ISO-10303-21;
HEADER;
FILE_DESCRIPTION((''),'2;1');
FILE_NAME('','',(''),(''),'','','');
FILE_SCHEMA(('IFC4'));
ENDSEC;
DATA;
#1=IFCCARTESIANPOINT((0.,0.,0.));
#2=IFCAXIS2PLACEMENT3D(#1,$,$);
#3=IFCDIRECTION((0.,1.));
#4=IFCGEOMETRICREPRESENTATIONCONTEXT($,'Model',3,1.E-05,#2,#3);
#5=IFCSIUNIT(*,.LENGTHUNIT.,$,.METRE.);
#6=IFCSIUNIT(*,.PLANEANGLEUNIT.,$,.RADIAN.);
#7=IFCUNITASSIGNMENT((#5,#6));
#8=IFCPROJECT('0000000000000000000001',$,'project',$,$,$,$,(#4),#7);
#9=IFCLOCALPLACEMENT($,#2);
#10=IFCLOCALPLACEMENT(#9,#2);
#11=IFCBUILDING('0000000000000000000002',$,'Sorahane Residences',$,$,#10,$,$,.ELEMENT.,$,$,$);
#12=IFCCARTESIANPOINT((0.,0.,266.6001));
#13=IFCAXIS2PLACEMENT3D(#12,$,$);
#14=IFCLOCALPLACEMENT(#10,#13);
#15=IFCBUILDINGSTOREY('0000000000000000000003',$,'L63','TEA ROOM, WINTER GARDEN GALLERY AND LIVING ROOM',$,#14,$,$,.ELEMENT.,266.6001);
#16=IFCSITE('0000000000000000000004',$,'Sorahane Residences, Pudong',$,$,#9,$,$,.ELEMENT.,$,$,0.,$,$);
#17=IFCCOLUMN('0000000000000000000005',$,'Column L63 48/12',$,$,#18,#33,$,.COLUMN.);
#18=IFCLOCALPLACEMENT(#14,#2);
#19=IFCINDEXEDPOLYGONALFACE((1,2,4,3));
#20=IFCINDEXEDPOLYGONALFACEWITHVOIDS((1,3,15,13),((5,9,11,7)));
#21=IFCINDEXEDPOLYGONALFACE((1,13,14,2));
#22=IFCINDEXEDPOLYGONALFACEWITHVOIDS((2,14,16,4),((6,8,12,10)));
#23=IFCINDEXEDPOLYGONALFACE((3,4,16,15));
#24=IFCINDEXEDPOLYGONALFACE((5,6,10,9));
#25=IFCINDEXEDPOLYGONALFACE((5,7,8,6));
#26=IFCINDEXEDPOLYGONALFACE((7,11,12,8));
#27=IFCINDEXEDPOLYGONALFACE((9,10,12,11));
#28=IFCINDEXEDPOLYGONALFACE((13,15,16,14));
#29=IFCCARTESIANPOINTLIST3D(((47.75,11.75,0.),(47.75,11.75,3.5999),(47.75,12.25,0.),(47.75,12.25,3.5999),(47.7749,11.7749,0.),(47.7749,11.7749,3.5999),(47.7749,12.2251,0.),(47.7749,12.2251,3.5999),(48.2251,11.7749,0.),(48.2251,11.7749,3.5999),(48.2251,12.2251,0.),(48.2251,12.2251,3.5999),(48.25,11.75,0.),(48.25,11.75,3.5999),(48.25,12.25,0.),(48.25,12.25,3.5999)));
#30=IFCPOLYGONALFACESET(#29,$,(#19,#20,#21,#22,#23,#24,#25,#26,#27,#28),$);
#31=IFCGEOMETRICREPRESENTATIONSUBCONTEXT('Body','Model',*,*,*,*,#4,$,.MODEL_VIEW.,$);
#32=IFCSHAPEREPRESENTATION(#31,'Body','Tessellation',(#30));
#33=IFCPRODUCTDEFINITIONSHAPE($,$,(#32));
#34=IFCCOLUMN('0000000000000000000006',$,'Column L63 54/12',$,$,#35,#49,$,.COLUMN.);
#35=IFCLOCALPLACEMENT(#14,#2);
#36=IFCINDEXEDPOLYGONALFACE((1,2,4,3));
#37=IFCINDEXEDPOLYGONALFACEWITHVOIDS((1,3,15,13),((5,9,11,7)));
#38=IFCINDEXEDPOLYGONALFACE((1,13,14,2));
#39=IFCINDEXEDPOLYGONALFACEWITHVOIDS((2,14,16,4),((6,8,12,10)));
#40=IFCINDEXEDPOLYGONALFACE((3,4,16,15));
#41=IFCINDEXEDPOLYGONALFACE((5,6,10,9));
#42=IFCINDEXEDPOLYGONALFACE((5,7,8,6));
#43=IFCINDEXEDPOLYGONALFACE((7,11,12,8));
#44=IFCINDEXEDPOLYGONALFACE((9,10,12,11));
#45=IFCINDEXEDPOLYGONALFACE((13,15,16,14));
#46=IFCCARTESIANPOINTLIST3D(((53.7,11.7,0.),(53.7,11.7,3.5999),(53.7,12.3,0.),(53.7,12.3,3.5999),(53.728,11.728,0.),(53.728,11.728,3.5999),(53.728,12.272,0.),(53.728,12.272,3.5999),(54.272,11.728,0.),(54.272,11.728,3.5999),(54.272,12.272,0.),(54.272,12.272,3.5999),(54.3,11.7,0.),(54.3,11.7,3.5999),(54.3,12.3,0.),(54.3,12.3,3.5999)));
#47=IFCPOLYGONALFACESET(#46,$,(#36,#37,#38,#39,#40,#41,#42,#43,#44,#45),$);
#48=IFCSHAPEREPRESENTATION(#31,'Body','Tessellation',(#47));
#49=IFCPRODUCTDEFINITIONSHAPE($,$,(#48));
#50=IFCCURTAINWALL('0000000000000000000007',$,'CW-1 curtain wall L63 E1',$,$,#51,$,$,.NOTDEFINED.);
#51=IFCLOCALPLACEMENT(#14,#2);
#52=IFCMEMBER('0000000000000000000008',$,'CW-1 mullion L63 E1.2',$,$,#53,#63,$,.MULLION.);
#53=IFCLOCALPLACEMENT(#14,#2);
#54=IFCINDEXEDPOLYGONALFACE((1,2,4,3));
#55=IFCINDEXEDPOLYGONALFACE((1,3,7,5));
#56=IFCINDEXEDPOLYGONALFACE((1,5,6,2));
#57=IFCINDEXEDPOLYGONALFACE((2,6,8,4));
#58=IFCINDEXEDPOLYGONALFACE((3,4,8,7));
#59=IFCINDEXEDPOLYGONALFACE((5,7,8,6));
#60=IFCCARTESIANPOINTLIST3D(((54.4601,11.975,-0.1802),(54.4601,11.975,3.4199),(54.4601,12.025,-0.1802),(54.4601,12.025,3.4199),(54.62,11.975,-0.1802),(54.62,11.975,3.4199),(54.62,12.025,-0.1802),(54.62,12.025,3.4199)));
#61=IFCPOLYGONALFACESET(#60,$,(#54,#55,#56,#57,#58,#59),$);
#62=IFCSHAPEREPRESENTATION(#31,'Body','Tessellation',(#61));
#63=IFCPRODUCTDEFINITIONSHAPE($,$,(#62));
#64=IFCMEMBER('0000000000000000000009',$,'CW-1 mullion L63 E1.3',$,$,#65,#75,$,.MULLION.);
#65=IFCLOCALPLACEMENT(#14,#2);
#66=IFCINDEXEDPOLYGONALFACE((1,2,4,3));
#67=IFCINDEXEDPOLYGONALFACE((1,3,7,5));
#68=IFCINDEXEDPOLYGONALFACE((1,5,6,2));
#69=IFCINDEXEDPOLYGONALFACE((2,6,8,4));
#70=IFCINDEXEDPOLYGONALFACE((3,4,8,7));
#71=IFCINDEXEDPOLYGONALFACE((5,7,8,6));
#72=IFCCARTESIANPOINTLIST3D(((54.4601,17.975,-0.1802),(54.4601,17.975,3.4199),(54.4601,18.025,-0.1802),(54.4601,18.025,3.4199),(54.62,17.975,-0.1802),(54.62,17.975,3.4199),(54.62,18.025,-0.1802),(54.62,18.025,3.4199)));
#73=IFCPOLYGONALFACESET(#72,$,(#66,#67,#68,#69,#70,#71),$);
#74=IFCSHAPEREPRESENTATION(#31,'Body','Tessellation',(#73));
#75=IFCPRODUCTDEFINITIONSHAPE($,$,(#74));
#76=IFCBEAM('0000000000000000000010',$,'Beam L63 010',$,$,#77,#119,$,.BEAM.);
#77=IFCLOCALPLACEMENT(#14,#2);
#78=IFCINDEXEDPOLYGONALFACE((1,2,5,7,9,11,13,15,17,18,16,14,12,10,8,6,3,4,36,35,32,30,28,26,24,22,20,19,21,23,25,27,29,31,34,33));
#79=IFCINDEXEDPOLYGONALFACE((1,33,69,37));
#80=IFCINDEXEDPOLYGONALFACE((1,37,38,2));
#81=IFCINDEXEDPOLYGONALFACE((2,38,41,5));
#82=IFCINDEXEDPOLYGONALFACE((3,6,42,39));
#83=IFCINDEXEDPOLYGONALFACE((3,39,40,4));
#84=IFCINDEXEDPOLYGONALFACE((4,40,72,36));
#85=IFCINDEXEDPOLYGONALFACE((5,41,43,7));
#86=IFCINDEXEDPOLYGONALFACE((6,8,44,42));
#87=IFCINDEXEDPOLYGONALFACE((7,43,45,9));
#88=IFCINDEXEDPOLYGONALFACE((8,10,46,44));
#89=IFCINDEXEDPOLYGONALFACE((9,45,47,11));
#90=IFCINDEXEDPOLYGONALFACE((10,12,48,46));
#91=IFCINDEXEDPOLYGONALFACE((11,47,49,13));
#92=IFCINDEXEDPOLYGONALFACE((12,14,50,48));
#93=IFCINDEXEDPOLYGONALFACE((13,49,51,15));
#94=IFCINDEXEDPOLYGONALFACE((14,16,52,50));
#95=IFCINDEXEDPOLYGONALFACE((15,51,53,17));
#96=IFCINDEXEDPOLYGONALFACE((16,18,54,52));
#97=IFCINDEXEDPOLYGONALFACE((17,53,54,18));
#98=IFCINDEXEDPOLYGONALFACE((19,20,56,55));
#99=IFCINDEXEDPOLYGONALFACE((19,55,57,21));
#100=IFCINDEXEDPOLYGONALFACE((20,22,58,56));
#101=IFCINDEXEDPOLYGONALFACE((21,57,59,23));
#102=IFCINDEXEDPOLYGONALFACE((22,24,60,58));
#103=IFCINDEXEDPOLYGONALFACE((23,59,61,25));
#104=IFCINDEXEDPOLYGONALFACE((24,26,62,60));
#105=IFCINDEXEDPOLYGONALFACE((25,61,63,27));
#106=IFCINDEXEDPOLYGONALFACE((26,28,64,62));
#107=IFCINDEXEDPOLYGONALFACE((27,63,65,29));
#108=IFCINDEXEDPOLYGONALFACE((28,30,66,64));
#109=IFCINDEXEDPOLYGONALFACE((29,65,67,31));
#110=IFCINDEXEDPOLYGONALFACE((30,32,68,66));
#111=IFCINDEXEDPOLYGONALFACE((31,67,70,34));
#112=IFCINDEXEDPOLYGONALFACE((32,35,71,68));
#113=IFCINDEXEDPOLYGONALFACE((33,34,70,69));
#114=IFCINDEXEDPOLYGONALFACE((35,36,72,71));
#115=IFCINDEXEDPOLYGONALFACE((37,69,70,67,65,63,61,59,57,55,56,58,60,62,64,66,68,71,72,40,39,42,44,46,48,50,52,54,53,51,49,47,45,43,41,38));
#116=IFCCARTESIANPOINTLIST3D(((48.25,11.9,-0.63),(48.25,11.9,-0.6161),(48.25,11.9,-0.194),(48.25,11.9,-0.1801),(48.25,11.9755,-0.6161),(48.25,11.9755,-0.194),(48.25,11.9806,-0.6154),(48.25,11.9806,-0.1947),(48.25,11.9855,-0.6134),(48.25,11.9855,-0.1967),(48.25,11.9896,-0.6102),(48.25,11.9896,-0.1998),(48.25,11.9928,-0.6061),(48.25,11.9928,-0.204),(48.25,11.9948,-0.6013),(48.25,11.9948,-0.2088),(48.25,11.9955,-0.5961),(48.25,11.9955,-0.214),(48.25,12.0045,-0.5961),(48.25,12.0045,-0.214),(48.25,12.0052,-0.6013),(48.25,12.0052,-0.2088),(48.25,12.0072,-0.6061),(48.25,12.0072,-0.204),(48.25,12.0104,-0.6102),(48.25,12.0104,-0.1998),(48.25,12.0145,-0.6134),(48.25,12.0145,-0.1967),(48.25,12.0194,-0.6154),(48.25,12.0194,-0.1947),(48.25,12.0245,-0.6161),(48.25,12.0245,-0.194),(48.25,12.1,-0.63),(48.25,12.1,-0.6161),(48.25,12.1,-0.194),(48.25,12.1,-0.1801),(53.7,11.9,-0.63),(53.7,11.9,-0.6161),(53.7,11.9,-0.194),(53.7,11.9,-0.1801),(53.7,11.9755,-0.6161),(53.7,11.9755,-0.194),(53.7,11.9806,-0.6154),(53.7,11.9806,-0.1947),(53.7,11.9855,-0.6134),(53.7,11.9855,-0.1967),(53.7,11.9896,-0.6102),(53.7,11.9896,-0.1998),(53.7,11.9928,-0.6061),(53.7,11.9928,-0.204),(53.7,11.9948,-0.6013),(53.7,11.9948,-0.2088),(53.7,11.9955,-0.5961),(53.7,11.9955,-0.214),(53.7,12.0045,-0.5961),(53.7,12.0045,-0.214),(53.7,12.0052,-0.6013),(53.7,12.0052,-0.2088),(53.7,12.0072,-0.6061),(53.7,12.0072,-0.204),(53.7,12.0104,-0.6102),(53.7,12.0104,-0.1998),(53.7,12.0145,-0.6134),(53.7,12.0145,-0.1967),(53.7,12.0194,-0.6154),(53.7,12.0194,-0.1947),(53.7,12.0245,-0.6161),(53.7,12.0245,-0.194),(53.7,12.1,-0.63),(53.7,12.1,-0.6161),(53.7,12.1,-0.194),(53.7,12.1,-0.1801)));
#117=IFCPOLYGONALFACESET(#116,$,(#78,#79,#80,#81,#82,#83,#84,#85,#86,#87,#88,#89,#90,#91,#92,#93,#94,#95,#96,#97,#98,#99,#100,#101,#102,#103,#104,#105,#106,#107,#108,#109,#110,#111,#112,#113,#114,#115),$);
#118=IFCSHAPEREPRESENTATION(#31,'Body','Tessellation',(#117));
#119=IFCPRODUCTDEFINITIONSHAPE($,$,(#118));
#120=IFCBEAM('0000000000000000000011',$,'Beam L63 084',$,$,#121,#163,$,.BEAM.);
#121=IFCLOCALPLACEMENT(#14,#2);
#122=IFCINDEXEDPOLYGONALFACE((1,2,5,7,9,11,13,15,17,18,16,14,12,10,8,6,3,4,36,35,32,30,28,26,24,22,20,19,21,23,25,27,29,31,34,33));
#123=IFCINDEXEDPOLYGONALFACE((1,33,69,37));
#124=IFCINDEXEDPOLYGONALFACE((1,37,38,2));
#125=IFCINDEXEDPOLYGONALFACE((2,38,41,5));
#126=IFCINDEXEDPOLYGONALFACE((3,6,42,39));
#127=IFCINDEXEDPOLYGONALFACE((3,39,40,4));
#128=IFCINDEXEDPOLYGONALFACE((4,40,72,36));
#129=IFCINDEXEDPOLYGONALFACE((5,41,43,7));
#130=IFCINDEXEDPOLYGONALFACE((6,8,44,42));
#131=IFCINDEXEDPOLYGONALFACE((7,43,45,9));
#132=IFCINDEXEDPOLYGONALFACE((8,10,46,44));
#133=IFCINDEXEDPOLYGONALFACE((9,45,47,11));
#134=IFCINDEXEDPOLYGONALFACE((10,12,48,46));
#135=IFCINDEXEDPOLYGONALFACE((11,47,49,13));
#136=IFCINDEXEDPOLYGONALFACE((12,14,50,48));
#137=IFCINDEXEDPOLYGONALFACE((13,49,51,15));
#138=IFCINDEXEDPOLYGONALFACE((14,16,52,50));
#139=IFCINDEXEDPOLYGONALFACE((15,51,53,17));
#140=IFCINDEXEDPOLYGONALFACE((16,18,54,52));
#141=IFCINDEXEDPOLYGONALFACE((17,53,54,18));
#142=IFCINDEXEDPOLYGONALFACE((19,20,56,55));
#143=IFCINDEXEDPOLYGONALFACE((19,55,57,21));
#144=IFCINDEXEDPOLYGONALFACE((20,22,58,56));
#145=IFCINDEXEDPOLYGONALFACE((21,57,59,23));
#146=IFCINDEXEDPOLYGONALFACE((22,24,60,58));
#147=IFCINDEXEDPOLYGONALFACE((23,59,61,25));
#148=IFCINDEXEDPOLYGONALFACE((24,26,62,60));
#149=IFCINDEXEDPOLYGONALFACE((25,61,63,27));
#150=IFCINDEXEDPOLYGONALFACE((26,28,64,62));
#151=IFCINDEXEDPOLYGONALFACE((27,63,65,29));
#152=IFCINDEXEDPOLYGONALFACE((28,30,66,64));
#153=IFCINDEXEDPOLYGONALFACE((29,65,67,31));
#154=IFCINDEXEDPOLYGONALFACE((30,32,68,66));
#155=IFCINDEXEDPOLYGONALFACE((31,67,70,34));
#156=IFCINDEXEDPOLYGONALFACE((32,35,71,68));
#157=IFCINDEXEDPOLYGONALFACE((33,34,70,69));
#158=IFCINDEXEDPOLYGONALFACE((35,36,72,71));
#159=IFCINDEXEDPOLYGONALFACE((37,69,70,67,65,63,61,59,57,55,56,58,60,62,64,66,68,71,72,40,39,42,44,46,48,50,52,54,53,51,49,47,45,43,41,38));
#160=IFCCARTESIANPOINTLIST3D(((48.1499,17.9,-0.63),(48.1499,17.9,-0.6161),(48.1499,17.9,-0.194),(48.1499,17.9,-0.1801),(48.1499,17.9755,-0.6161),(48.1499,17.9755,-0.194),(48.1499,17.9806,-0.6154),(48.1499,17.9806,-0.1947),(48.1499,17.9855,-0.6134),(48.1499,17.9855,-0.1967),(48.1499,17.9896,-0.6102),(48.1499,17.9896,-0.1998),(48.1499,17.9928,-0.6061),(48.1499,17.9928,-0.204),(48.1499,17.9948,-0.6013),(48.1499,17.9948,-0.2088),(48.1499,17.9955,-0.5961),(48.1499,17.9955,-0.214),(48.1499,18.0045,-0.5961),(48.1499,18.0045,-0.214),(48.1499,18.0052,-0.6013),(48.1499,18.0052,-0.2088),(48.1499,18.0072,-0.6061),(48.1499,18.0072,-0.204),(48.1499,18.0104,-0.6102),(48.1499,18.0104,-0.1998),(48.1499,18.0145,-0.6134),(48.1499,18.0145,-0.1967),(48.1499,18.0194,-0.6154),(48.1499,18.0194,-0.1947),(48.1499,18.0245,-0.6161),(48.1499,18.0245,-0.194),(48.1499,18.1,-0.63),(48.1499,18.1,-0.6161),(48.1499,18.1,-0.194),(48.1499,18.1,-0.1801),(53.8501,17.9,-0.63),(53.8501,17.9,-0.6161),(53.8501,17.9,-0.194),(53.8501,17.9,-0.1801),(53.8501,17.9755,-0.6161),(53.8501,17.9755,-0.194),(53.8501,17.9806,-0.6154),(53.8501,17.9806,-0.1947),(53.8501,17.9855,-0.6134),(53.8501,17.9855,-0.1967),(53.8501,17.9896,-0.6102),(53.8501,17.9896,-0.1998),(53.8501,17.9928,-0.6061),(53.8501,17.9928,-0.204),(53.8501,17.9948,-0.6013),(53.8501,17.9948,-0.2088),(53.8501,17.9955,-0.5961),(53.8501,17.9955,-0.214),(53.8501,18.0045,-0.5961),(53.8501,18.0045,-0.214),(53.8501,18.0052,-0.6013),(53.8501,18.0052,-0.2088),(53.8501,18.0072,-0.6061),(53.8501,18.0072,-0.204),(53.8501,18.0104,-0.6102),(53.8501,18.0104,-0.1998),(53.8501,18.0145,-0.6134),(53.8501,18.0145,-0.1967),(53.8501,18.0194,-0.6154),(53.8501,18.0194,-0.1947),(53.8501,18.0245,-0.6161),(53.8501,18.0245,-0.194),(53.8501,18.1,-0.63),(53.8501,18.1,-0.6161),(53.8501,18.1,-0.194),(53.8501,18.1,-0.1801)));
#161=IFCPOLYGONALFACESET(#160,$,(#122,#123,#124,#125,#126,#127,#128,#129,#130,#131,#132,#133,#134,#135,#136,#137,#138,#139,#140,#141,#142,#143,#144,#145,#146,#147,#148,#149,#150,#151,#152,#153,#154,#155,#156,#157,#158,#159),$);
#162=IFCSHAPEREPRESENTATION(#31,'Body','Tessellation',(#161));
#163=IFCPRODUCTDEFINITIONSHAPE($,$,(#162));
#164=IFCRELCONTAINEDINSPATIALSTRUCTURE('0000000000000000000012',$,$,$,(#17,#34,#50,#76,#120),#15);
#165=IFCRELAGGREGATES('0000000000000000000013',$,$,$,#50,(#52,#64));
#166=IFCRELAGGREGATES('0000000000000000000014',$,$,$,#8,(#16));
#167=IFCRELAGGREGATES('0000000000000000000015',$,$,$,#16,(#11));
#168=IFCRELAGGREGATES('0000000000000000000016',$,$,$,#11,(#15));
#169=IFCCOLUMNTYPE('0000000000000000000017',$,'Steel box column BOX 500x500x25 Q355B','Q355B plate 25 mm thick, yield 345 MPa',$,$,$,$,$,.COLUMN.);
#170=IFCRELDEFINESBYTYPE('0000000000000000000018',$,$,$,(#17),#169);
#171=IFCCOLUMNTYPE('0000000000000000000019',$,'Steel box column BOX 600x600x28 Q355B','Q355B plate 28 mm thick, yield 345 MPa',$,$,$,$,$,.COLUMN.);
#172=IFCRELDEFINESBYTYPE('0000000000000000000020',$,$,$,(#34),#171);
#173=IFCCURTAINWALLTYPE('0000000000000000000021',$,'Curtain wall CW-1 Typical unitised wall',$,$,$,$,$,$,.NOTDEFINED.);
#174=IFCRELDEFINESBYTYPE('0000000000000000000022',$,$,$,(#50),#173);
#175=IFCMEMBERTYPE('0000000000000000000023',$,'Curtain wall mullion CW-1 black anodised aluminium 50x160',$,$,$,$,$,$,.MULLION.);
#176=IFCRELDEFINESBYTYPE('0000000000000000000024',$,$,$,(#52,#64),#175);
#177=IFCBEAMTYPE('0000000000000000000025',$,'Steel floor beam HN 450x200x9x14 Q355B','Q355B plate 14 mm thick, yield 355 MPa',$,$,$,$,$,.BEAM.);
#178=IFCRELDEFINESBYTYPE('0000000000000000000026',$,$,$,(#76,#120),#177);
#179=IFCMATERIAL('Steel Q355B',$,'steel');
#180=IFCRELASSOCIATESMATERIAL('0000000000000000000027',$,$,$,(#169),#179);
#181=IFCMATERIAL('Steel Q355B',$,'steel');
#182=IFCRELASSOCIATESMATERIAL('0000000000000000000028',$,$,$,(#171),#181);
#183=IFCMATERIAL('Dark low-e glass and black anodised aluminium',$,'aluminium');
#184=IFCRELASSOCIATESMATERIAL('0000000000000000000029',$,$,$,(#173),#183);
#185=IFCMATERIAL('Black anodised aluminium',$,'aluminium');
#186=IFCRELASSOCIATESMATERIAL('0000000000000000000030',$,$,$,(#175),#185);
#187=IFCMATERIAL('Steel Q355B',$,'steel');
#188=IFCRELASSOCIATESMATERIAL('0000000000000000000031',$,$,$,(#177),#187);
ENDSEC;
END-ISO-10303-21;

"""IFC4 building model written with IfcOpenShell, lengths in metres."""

from ifc_helpers import new_model, si_unit, direction, frame, origin, origin_2d, place, context, subcontext, project, spatial, rectangle, hollow_rectangle, i_section, extrude, material, material_profile, profile_set, type_object, element, aggregate, save


model = new_model("IFC4")

# Units and contexts
model_context = context("Model", 3, precision=1e-05, world=origin(), true_north=direction((0.0, 1.0)))
body_context = subcontext(model_context, "Body", "Model", "MODEL_VIEW")
ifc_project = project(units=[si_unit("LENGTHUNIT", "METRE"), si_unit("PLANEANGLEUNIT", "RADIAN")], contexts=[model_context])

# Site, building, storey
site_placement = place(None, origin())
site = spatial("IfcSite", under=ifc_project, at=site_placement, Name="Sorahane Residences, Pudong", CompositionType="ELEMENT", RefElevation=0.0)
building_placement = place(site_placement, origin())
building = spatial("IfcBuilding", under=site, at=building_placement, Name="Sorahane Residences", CompositionType="ELEMENT")
storey_placement = place(building_placement, frame((0.0, 0.0, 266.6001)))
storey = spatial("IfcBuildingStorey", under=building, at=storey_placement, Name="L63", Description="TEA ROOM, WINTER GARDEN GALLERY AND LIVING ROOM", CompositionType="ELEMENT", Elevation=266.6001)

# Columns
ifc_material_1 = material(Name="Steel Q355B", Category="steel")
ifc_material_profile_1 = material_profile(ifc_material_1, hollow_rectangle(XDim=0.5, YDim=0.5, WallThickness=0.0249, at=origin_2d()), Name="BOX 500x500x25")
ifc_profile_set_1 = profile_set([ifc_material_profile_1], Name="Steel Q355B")
column_type_1 = type_object("IfcColumnType", Name="Steel box column BOX 500x500x25 Q355B", Description="Q355B plate 25 mm thick, yield 345 MPa", PredefinedType="COLUMN", material=ifc_profile_set_1)
column_1_placement = place(storey_placement, frame((48.0, 12.0, 0.0), z_axis=(0.0, 0.0, 1.0), x_axis=(1.0, 0.0, 0.0)))
element("IfcColumn", 1, at=column_1_placement, inside=storey, type_object=column_type_1, Name="Column L63 48/12", PredefinedType="COLUMN", context=body_context, shape_type="SweptSolid", body=[
    extrude(hollow_rectangle(XDim=0.5, YDim=0.5, WallThickness=0.0249, at=origin_2d()), origin(), (0.0, 0.0, 1.0), 3.5999),
])
ifc_material_2 = material(Name="Steel Q355B", Category="steel")
ifc_material_profile_2 = material_profile(ifc_material_2, hollow_rectangle(XDim=0.6001, YDim=0.6001, WallThickness=0.0281, at=origin_2d()), Name="BOX 600x600x28")
ifc_profile_set_2 = profile_set([ifc_material_profile_2], Name="Steel Q355B")
column_type_2 = type_object("IfcColumnType", Name="Steel box column BOX 600x600x28 Q355B", Description="Q355B plate 28 mm thick, yield 345 MPa", PredefinedType="COLUMN", material=ifc_profile_set_2)
column_2_placement = place(storey_placement, frame((54.0, 12.0, 0.0), z_axis=(0.0, 0.0, 1.0), x_axis=(1.0, 0.0, 0.0)))
element("IfcColumn", 2, at=column_2_placement, inside=storey, type_object=column_type_2, Name="Column L63 54/12", PredefinedType="COLUMN", context=body_context, shape_type="SweptSolid", body=[
    extrude(hollow_rectangle(XDim=0.6001, YDim=0.6001, WallThickness=0.0281, at=origin_2d()), origin(), (0.0, 0.0, 1.0), 3.5999),
])

# Curtain wall, members
ifc_material_3 = material(Name="Dark low-e glass and black anodised aluminium", Category="aluminium")
curtain_wall_type = type_object("IfcCurtainWallType", Name="Curtain wall CW-1 Typical unitised wall", PredefinedType="NOTDEFINED", material=ifc_material_3)
curtain_wall_placement = place(storey_placement, origin())
curtain_wall = element("IfcCurtainWall", 3, at=curtain_wall_placement, inside=storey, type_object=curtain_wall_type, Name="CW-1 curtain wall L63 E1", PredefinedType="NOTDEFINED")
ifc_material_4 = material(Name="Black anodised aluminium", Category="aluminium")
ifc_material_profile_3 = material_profile(ifc_material_4, rectangle(XDim=0.1599, YDim=0.05, at=origin_2d()), Name="Curtain wall mullion CW-1 black anodised aluminium 50x160")
ifc_profile_set_3 = profile_set([ifc_material_profile_3], Name="Black anodised aluminium")
member_type = type_object("IfcMemberType", Name="Curtain wall mullion CW-1 black anodised aluminium 50x160", PredefinedType="MULLION", material=ifc_profile_set_3)
member_1_placement = place(storey_placement, frame((54.54, 12.0, -0.1802), z_axis=(0.0, 0.0, 1.0), x_axis=(1.0, 0.0, 0.0)))
member_1 = element("IfcMember", 4, at=member_1_placement, type_object=member_type, Name="CW-1 mullion L63 E1.2", PredefinedType="MULLION", context=body_context, shape_type="SweptSolid", body=[
    extrude(rectangle(XDim=0.1599, YDim=0.05, at=origin_2d()), origin(), (0.0, 0.0, 1.0), 3.6001),
])
member_2_placement = place(storey_placement, frame((54.54, 18.0, -0.1802), z_axis=(0.0, 0.0, 1.0), x_axis=(1.0, 0.0, 0.0)))
member_2 = element("IfcMember", 5, at=member_2_placement, type_object=member_type, Name="CW-1 mullion L63 E1.3", PredefinedType="MULLION", context=body_context, shape_type="SweptSolid", body=[
    extrude(rectangle(XDim=0.1599, YDim=0.05, at=origin_2d()), origin(), (0.0, 0.0, 1.0), 3.6001),
])

# Beams
ifc_material_5 = material(Name="Steel Q355B", Category="steel")
ifc_material_profile_4 = material_profile(ifc_material_5, i_section(OverallWidth=0.2, OverallDepth=0.45, WebThickness=0.009, FlangeThickness=0.0139, FilletRadius=0.02, at=origin_2d()), Name="HN 450x200x9x14")
ifc_profile_set_4 = profile_set([ifc_material_profile_4], Name="Steel Q355B")
beam_type_1 = type_object("IfcBeamType", Name="Steel floor beam HN 450x200x9x14 Q355B", Description="Q355B plate 14 mm thick, yield 355 MPa", PredefinedType="BEAM", material=ifc_profile_set_4)
beam_1_placement = place(storey_placement, frame((48.25, 12.0, -0.405), z_axis=(1.0, 0.0, 0.0), x_axis=(0.0, 1.0, 0.0)))
element("IfcBeam", 6, at=beam_1_placement, inside=storey, type_object=beam_type_1, Name="Beam L63 010", PredefinedType="BEAM", context=body_context, shape_type="SweptSolid", body=[
    extrude(i_section(OverallWidth=0.2, OverallDepth=0.45, WebThickness=0.009, FlangeThickness=0.0139, FilletRadius=0.02, at=origin_2d()), origin(), (0.0, 0.0, 1.0), 5.45),
])
beam_2_placement = place(storey_placement, frame((48.1499, 18.0, -0.405), z_axis=(1.0, 0.0, 0.0), x_axis=(0.0, 1.0, 0.0)))
element("IfcBeam", 7, at=beam_2_placement, inside=storey, type_object=beam_type_1, Name="Beam L63 084", PredefinedType="BEAM", context=body_context, shape_type="SweptSolid", body=[
    extrude(i_section(OverallWidth=0.2, OverallDepth=0.45, WebThickness=0.009, FlangeThickness=0.0139, FilletRadius=0.02, at=origin_2d()), origin(), (0.0, 0.0, 1.0), 5.7002),
])

aggregate(curtain_wall, [member_1, member_2])

save(model, "model.ifc")
